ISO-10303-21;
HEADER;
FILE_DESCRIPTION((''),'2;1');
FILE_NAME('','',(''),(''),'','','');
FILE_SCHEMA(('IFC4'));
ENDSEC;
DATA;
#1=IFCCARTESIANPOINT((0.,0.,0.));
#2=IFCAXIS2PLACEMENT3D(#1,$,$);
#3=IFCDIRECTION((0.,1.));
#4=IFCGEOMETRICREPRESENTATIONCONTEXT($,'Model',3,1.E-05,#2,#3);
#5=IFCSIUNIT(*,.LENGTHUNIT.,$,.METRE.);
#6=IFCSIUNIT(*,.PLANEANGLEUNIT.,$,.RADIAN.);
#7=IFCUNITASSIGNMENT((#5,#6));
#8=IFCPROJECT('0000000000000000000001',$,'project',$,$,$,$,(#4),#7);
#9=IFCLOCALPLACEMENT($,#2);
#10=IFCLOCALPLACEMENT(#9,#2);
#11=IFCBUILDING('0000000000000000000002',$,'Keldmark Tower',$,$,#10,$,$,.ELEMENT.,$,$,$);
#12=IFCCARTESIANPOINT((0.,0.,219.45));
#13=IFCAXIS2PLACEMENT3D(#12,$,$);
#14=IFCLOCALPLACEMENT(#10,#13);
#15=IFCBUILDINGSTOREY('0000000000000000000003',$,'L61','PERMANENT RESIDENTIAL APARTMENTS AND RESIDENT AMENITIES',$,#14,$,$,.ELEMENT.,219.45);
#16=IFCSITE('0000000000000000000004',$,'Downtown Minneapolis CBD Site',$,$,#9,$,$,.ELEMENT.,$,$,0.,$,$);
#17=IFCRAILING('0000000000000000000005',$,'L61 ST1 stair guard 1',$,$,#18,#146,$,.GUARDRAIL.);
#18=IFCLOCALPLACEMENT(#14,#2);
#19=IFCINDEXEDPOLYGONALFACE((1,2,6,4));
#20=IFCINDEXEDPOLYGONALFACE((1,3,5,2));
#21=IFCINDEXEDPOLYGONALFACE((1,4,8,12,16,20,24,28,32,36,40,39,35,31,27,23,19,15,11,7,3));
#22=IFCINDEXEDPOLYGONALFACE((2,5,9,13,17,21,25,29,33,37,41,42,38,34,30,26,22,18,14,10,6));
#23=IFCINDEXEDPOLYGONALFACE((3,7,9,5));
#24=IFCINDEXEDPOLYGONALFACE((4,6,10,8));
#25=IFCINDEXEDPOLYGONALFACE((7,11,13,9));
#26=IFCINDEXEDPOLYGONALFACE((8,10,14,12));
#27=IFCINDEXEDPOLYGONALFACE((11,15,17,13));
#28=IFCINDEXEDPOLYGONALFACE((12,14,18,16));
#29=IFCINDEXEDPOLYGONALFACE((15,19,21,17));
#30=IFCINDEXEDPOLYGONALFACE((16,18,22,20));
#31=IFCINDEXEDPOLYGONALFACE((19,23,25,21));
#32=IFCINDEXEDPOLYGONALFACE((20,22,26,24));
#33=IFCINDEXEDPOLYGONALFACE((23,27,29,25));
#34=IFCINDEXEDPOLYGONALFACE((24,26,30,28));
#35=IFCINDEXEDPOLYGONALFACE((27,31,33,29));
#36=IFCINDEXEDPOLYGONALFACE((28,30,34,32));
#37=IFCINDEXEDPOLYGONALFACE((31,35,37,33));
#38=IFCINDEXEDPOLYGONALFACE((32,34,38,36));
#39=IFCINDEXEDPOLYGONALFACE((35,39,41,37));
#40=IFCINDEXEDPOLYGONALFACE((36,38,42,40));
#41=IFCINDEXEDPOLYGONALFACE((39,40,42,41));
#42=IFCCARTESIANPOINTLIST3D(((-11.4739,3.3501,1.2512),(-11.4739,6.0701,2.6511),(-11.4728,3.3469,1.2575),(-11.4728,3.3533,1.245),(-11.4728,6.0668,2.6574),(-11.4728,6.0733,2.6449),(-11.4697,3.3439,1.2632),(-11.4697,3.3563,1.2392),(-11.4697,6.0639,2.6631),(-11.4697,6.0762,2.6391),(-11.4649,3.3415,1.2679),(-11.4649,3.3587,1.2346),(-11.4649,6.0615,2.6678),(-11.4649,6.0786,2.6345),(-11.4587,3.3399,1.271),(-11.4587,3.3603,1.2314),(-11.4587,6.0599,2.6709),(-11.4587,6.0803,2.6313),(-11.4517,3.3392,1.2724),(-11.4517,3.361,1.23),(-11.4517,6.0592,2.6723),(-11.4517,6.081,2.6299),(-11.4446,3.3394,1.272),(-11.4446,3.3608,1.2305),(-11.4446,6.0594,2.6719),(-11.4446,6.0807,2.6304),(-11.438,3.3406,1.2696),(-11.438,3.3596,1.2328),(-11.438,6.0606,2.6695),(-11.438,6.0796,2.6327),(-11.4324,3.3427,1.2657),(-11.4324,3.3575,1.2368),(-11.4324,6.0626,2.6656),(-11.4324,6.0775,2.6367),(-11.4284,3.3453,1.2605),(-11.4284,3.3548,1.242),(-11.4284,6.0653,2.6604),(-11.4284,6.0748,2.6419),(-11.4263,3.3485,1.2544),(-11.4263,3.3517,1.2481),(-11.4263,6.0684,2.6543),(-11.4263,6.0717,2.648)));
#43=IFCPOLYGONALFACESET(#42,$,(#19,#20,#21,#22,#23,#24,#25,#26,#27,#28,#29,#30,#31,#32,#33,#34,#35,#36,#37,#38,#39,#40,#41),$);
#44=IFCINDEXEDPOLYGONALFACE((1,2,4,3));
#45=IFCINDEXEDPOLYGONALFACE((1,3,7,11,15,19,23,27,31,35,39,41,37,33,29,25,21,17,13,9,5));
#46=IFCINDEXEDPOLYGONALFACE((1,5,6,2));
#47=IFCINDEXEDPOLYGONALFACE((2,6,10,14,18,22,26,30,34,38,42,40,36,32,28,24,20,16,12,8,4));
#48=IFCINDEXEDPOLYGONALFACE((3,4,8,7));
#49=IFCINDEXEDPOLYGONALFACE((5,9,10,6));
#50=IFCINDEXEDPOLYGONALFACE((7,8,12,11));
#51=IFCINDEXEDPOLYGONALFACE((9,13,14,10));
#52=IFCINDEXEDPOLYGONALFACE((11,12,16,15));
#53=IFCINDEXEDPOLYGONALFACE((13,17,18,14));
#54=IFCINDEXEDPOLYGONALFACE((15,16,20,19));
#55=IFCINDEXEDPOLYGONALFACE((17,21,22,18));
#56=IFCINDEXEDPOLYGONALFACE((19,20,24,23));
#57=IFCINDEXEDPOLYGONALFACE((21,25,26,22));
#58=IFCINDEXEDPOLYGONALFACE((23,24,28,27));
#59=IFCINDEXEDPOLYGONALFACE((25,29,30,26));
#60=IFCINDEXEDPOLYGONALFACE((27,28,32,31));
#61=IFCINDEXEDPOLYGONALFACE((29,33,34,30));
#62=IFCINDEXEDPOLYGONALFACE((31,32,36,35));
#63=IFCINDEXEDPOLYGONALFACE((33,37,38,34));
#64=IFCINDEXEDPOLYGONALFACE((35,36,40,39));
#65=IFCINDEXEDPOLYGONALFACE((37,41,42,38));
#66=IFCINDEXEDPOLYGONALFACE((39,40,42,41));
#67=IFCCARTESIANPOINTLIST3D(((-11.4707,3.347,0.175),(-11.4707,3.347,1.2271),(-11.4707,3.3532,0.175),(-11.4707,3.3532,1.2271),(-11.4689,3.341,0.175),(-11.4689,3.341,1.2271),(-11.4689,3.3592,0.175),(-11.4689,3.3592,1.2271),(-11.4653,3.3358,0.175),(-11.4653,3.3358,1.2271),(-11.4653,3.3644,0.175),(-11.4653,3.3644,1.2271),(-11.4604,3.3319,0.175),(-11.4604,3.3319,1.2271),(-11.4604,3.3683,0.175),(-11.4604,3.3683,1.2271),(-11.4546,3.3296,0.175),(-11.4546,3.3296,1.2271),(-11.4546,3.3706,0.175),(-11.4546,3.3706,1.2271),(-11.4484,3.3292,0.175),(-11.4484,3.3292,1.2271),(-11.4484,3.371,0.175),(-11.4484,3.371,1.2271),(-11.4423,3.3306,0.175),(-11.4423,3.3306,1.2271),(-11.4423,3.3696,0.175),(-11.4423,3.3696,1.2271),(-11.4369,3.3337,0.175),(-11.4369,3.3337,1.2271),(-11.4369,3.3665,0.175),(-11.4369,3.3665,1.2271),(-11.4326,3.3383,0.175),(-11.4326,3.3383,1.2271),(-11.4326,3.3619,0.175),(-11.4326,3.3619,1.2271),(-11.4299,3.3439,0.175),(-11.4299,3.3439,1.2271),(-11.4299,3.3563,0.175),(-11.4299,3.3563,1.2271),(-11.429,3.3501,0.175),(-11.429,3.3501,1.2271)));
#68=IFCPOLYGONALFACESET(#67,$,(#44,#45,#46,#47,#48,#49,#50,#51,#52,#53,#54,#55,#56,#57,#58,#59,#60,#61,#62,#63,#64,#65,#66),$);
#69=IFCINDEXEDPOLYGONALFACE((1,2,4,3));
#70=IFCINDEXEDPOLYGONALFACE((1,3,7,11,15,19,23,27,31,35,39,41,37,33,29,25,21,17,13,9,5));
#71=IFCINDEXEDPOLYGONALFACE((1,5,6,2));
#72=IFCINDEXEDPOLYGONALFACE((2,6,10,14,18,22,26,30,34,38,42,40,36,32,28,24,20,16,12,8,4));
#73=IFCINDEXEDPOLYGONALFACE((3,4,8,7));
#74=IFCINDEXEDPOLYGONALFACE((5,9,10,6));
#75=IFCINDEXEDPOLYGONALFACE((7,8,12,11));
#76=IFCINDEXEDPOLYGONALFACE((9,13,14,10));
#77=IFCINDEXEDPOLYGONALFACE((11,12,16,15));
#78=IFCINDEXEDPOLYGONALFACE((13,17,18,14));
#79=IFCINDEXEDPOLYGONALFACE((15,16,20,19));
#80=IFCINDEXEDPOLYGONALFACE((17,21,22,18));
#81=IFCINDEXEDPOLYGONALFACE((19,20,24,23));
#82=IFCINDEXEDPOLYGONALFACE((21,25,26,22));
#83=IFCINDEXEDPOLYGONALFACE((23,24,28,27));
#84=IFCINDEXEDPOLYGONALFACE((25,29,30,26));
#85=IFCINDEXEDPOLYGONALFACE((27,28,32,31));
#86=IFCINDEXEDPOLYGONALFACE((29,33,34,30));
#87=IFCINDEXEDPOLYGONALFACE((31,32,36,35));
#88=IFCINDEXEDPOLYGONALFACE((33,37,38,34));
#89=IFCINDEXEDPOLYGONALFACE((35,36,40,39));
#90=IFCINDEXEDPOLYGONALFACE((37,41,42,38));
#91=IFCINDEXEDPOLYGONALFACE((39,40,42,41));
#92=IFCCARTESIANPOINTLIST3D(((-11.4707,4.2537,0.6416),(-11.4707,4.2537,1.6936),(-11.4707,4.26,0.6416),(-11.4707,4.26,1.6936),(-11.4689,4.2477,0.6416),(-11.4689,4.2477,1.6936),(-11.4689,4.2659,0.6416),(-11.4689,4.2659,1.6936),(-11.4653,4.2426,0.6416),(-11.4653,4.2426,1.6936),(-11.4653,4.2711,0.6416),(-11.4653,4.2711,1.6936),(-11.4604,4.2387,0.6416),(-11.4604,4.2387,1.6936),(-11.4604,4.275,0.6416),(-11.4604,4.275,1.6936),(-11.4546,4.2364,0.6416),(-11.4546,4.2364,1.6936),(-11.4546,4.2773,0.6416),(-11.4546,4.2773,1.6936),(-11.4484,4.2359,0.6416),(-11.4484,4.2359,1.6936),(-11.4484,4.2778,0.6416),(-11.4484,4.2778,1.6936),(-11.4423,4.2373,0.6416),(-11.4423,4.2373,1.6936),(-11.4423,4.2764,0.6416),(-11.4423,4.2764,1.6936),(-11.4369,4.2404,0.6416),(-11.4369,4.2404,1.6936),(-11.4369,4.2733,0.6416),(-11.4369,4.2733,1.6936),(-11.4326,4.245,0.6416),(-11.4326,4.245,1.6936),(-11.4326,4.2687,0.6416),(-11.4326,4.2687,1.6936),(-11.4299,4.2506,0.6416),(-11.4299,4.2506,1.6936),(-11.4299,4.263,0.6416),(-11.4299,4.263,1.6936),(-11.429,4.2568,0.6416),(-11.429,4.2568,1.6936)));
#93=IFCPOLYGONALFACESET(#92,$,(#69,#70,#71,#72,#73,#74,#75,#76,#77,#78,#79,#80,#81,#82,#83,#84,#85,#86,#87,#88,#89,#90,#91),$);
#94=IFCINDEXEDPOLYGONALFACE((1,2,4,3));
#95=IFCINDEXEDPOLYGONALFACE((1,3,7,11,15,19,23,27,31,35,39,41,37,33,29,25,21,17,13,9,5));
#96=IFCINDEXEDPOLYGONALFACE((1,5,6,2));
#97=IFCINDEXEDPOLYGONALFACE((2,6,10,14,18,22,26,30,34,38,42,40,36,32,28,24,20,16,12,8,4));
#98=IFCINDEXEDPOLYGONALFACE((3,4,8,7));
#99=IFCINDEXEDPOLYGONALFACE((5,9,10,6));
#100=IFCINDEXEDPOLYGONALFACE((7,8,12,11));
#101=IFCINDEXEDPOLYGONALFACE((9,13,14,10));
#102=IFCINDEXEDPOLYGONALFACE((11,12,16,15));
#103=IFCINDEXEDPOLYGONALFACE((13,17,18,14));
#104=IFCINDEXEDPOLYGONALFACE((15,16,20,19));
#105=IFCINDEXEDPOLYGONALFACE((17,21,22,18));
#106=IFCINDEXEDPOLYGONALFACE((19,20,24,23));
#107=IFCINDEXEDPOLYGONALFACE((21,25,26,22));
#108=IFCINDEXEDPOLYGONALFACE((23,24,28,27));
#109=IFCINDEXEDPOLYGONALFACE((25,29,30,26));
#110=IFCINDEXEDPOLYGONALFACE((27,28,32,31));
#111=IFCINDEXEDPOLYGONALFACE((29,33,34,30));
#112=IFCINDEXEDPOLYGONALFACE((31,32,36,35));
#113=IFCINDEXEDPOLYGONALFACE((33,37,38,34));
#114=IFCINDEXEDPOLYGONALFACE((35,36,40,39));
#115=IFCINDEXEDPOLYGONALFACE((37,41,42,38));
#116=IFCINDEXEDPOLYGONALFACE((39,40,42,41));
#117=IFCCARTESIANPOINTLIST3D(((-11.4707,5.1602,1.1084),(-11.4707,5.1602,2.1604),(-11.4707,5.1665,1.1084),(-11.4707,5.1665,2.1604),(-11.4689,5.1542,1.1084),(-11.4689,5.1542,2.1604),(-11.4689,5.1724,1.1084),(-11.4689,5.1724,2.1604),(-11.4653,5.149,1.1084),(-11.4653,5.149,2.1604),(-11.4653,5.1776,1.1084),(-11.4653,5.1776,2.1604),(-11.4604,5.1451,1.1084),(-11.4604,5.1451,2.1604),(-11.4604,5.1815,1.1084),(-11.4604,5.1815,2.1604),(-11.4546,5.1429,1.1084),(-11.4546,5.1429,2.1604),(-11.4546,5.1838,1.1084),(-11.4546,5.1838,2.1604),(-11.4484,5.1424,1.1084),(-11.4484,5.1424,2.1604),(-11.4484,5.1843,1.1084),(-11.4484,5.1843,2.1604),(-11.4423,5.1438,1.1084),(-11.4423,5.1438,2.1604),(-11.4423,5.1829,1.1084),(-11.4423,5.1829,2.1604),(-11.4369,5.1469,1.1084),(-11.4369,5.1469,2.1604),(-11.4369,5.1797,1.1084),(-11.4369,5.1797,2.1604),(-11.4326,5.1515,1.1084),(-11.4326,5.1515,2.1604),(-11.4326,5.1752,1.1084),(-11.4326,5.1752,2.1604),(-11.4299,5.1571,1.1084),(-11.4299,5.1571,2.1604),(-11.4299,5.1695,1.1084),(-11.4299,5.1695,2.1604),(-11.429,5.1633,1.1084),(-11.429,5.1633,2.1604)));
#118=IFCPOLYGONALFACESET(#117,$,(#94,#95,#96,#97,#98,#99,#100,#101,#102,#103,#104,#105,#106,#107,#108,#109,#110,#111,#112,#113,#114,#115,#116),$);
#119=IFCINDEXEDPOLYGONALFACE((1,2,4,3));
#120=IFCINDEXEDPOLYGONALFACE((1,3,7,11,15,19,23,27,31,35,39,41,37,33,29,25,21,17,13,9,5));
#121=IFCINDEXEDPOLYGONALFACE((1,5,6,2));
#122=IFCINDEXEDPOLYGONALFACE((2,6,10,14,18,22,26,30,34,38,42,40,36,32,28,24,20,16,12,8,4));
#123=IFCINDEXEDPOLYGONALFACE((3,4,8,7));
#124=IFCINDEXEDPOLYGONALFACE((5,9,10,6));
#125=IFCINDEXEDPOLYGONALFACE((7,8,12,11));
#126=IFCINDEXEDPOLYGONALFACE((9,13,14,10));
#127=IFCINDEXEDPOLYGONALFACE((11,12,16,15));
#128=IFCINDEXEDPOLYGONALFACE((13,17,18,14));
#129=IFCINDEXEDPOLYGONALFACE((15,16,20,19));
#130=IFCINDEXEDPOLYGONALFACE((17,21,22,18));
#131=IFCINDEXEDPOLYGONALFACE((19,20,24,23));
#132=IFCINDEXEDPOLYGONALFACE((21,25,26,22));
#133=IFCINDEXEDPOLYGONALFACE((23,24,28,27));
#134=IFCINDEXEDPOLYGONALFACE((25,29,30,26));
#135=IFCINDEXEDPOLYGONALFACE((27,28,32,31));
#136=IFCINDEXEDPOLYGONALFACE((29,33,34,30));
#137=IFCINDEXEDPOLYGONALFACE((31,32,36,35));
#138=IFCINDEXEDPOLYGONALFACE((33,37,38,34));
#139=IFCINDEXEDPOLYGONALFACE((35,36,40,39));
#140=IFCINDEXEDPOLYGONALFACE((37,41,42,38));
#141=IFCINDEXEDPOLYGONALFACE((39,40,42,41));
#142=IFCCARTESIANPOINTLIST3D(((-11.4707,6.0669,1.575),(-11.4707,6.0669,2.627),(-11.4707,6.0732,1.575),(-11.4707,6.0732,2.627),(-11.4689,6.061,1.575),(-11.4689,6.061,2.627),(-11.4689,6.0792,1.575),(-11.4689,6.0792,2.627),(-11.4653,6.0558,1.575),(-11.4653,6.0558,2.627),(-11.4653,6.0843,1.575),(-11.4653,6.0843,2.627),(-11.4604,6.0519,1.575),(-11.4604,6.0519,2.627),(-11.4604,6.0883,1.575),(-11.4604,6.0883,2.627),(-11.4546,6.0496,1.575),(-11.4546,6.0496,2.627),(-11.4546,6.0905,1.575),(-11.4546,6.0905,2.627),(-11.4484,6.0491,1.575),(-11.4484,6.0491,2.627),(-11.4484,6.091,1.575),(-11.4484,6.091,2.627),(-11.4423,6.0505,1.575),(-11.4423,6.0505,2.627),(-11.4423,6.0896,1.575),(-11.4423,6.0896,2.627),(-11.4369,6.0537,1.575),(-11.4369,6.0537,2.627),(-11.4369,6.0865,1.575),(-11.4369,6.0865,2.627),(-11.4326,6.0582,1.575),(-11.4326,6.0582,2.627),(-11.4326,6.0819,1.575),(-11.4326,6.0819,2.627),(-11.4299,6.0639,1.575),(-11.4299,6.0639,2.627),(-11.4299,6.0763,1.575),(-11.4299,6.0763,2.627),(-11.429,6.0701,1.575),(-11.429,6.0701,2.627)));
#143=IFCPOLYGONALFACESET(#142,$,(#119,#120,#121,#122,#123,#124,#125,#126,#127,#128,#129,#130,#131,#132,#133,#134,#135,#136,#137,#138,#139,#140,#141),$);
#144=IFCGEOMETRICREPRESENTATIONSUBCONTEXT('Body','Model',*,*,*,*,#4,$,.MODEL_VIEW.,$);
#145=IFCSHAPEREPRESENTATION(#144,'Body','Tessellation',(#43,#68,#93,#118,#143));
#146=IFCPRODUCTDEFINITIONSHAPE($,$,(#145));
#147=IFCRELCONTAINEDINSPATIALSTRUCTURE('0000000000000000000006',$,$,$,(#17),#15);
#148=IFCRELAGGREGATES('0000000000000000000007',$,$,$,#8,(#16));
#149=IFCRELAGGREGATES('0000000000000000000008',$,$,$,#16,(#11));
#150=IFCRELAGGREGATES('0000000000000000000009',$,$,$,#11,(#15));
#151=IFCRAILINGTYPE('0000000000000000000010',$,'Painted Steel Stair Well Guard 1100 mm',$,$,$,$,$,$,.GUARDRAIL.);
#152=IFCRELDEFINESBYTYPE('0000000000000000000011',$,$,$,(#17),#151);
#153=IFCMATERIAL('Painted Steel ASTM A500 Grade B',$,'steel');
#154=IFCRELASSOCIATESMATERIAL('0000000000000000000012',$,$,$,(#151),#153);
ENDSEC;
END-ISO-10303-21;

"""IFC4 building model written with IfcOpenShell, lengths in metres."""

from ifc_helpers import new_model, si_unit, direction, frame, origin, origin_2d, place, context, subcontext, project, spatial, circle, extrude, material, type_object, element, save


model = new_model("IFC4")

# Units and contexts
model_context = context("Model", 3, precision=1e-05, world=origin(), true_north=direction((0.0, 1.0)))
body_context = subcontext(model_context, "Body", "Model", "MODEL_VIEW")
ifc_project = project(units=[si_unit("LENGTHUNIT", "METRE"), si_unit("PLANEANGLEUNIT", "RADIAN")], contexts=[model_context])

# Site, building, storey
site_placement = place(None, origin())
site = spatial("IfcSite", under=ifc_project, at=site_placement, Name="Downtown Minneapolis CBD Site", CompositionType="ELEMENT", RefElevation=0.0)
building_placement = place(site_placement, origin())
building = spatial("IfcBuilding", under=site, at=building_placement, Name="Keldmark Tower", CompositionType="ELEMENT")
storey_placement = place(building_placement, frame((0.0, 0.0, 219.45)))
storey = spatial("IfcBuildingStorey", under=building, at=storey_placement, Name="L61", Description="PERMANENT RESIDENTIAL APARTMENTS AND RESIDENT AMENITIES", CompositionType="ELEMENT", Elevation=219.45)

# Railing
ifc_material_1 = material(Name="Painted Steel ASTM A500 Grade B", Category="steel")
railing_type_1 = type_object("IfcRailingType", Name="Painted Steel Stair Well Guard 1100 mm", PredefinedType="GUARDRAIL", material=ifc_material_1)
railing_1_placement = place(storey_placement, frame((-11.45, 3.3501, 0.175)))
element("IfcRailing", 1, at=railing_1_placement, inside=storey, type_object=railing_type_1, Name="L61 ST1 stair guard 1", PredefinedType="GUARDRAIL", context=body_context, shape_type="SweptSolid", body=[
    extrude(circle(Radius=0.0239, at=origin_2d()), frame((0.0, 0.0, 1.0762), z_axis=(0.0, 0.889147, 0.457622), x_axis=(-1.0, 0.0, 0.0)), (0.0, 0.0, 1.0), 3.0591),
    extrude(circle(Radius=0.021, at=origin_2d()), origin(), (0.0, 0.0, 1.0), 1.052),
    extrude(circle(Radius=0.021, at=origin_2d()), frame((0.0, 0.9067, 0.4666)), (0.0, 0.0, 1.0), 1.052),
    extrude(circle(Radius=0.021, at=origin_2d()), frame((0.0, 1.8132, 0.9333)), (0.0, 0.0, 1.0), 1.052),
    extrude(circle(Radius=0.021, at=origin_2d()), frame((0.0, 2.72, 1.3999)), (0.0, 0.0, 1.0), 1.052),
])

save(model, "model.ifc")
